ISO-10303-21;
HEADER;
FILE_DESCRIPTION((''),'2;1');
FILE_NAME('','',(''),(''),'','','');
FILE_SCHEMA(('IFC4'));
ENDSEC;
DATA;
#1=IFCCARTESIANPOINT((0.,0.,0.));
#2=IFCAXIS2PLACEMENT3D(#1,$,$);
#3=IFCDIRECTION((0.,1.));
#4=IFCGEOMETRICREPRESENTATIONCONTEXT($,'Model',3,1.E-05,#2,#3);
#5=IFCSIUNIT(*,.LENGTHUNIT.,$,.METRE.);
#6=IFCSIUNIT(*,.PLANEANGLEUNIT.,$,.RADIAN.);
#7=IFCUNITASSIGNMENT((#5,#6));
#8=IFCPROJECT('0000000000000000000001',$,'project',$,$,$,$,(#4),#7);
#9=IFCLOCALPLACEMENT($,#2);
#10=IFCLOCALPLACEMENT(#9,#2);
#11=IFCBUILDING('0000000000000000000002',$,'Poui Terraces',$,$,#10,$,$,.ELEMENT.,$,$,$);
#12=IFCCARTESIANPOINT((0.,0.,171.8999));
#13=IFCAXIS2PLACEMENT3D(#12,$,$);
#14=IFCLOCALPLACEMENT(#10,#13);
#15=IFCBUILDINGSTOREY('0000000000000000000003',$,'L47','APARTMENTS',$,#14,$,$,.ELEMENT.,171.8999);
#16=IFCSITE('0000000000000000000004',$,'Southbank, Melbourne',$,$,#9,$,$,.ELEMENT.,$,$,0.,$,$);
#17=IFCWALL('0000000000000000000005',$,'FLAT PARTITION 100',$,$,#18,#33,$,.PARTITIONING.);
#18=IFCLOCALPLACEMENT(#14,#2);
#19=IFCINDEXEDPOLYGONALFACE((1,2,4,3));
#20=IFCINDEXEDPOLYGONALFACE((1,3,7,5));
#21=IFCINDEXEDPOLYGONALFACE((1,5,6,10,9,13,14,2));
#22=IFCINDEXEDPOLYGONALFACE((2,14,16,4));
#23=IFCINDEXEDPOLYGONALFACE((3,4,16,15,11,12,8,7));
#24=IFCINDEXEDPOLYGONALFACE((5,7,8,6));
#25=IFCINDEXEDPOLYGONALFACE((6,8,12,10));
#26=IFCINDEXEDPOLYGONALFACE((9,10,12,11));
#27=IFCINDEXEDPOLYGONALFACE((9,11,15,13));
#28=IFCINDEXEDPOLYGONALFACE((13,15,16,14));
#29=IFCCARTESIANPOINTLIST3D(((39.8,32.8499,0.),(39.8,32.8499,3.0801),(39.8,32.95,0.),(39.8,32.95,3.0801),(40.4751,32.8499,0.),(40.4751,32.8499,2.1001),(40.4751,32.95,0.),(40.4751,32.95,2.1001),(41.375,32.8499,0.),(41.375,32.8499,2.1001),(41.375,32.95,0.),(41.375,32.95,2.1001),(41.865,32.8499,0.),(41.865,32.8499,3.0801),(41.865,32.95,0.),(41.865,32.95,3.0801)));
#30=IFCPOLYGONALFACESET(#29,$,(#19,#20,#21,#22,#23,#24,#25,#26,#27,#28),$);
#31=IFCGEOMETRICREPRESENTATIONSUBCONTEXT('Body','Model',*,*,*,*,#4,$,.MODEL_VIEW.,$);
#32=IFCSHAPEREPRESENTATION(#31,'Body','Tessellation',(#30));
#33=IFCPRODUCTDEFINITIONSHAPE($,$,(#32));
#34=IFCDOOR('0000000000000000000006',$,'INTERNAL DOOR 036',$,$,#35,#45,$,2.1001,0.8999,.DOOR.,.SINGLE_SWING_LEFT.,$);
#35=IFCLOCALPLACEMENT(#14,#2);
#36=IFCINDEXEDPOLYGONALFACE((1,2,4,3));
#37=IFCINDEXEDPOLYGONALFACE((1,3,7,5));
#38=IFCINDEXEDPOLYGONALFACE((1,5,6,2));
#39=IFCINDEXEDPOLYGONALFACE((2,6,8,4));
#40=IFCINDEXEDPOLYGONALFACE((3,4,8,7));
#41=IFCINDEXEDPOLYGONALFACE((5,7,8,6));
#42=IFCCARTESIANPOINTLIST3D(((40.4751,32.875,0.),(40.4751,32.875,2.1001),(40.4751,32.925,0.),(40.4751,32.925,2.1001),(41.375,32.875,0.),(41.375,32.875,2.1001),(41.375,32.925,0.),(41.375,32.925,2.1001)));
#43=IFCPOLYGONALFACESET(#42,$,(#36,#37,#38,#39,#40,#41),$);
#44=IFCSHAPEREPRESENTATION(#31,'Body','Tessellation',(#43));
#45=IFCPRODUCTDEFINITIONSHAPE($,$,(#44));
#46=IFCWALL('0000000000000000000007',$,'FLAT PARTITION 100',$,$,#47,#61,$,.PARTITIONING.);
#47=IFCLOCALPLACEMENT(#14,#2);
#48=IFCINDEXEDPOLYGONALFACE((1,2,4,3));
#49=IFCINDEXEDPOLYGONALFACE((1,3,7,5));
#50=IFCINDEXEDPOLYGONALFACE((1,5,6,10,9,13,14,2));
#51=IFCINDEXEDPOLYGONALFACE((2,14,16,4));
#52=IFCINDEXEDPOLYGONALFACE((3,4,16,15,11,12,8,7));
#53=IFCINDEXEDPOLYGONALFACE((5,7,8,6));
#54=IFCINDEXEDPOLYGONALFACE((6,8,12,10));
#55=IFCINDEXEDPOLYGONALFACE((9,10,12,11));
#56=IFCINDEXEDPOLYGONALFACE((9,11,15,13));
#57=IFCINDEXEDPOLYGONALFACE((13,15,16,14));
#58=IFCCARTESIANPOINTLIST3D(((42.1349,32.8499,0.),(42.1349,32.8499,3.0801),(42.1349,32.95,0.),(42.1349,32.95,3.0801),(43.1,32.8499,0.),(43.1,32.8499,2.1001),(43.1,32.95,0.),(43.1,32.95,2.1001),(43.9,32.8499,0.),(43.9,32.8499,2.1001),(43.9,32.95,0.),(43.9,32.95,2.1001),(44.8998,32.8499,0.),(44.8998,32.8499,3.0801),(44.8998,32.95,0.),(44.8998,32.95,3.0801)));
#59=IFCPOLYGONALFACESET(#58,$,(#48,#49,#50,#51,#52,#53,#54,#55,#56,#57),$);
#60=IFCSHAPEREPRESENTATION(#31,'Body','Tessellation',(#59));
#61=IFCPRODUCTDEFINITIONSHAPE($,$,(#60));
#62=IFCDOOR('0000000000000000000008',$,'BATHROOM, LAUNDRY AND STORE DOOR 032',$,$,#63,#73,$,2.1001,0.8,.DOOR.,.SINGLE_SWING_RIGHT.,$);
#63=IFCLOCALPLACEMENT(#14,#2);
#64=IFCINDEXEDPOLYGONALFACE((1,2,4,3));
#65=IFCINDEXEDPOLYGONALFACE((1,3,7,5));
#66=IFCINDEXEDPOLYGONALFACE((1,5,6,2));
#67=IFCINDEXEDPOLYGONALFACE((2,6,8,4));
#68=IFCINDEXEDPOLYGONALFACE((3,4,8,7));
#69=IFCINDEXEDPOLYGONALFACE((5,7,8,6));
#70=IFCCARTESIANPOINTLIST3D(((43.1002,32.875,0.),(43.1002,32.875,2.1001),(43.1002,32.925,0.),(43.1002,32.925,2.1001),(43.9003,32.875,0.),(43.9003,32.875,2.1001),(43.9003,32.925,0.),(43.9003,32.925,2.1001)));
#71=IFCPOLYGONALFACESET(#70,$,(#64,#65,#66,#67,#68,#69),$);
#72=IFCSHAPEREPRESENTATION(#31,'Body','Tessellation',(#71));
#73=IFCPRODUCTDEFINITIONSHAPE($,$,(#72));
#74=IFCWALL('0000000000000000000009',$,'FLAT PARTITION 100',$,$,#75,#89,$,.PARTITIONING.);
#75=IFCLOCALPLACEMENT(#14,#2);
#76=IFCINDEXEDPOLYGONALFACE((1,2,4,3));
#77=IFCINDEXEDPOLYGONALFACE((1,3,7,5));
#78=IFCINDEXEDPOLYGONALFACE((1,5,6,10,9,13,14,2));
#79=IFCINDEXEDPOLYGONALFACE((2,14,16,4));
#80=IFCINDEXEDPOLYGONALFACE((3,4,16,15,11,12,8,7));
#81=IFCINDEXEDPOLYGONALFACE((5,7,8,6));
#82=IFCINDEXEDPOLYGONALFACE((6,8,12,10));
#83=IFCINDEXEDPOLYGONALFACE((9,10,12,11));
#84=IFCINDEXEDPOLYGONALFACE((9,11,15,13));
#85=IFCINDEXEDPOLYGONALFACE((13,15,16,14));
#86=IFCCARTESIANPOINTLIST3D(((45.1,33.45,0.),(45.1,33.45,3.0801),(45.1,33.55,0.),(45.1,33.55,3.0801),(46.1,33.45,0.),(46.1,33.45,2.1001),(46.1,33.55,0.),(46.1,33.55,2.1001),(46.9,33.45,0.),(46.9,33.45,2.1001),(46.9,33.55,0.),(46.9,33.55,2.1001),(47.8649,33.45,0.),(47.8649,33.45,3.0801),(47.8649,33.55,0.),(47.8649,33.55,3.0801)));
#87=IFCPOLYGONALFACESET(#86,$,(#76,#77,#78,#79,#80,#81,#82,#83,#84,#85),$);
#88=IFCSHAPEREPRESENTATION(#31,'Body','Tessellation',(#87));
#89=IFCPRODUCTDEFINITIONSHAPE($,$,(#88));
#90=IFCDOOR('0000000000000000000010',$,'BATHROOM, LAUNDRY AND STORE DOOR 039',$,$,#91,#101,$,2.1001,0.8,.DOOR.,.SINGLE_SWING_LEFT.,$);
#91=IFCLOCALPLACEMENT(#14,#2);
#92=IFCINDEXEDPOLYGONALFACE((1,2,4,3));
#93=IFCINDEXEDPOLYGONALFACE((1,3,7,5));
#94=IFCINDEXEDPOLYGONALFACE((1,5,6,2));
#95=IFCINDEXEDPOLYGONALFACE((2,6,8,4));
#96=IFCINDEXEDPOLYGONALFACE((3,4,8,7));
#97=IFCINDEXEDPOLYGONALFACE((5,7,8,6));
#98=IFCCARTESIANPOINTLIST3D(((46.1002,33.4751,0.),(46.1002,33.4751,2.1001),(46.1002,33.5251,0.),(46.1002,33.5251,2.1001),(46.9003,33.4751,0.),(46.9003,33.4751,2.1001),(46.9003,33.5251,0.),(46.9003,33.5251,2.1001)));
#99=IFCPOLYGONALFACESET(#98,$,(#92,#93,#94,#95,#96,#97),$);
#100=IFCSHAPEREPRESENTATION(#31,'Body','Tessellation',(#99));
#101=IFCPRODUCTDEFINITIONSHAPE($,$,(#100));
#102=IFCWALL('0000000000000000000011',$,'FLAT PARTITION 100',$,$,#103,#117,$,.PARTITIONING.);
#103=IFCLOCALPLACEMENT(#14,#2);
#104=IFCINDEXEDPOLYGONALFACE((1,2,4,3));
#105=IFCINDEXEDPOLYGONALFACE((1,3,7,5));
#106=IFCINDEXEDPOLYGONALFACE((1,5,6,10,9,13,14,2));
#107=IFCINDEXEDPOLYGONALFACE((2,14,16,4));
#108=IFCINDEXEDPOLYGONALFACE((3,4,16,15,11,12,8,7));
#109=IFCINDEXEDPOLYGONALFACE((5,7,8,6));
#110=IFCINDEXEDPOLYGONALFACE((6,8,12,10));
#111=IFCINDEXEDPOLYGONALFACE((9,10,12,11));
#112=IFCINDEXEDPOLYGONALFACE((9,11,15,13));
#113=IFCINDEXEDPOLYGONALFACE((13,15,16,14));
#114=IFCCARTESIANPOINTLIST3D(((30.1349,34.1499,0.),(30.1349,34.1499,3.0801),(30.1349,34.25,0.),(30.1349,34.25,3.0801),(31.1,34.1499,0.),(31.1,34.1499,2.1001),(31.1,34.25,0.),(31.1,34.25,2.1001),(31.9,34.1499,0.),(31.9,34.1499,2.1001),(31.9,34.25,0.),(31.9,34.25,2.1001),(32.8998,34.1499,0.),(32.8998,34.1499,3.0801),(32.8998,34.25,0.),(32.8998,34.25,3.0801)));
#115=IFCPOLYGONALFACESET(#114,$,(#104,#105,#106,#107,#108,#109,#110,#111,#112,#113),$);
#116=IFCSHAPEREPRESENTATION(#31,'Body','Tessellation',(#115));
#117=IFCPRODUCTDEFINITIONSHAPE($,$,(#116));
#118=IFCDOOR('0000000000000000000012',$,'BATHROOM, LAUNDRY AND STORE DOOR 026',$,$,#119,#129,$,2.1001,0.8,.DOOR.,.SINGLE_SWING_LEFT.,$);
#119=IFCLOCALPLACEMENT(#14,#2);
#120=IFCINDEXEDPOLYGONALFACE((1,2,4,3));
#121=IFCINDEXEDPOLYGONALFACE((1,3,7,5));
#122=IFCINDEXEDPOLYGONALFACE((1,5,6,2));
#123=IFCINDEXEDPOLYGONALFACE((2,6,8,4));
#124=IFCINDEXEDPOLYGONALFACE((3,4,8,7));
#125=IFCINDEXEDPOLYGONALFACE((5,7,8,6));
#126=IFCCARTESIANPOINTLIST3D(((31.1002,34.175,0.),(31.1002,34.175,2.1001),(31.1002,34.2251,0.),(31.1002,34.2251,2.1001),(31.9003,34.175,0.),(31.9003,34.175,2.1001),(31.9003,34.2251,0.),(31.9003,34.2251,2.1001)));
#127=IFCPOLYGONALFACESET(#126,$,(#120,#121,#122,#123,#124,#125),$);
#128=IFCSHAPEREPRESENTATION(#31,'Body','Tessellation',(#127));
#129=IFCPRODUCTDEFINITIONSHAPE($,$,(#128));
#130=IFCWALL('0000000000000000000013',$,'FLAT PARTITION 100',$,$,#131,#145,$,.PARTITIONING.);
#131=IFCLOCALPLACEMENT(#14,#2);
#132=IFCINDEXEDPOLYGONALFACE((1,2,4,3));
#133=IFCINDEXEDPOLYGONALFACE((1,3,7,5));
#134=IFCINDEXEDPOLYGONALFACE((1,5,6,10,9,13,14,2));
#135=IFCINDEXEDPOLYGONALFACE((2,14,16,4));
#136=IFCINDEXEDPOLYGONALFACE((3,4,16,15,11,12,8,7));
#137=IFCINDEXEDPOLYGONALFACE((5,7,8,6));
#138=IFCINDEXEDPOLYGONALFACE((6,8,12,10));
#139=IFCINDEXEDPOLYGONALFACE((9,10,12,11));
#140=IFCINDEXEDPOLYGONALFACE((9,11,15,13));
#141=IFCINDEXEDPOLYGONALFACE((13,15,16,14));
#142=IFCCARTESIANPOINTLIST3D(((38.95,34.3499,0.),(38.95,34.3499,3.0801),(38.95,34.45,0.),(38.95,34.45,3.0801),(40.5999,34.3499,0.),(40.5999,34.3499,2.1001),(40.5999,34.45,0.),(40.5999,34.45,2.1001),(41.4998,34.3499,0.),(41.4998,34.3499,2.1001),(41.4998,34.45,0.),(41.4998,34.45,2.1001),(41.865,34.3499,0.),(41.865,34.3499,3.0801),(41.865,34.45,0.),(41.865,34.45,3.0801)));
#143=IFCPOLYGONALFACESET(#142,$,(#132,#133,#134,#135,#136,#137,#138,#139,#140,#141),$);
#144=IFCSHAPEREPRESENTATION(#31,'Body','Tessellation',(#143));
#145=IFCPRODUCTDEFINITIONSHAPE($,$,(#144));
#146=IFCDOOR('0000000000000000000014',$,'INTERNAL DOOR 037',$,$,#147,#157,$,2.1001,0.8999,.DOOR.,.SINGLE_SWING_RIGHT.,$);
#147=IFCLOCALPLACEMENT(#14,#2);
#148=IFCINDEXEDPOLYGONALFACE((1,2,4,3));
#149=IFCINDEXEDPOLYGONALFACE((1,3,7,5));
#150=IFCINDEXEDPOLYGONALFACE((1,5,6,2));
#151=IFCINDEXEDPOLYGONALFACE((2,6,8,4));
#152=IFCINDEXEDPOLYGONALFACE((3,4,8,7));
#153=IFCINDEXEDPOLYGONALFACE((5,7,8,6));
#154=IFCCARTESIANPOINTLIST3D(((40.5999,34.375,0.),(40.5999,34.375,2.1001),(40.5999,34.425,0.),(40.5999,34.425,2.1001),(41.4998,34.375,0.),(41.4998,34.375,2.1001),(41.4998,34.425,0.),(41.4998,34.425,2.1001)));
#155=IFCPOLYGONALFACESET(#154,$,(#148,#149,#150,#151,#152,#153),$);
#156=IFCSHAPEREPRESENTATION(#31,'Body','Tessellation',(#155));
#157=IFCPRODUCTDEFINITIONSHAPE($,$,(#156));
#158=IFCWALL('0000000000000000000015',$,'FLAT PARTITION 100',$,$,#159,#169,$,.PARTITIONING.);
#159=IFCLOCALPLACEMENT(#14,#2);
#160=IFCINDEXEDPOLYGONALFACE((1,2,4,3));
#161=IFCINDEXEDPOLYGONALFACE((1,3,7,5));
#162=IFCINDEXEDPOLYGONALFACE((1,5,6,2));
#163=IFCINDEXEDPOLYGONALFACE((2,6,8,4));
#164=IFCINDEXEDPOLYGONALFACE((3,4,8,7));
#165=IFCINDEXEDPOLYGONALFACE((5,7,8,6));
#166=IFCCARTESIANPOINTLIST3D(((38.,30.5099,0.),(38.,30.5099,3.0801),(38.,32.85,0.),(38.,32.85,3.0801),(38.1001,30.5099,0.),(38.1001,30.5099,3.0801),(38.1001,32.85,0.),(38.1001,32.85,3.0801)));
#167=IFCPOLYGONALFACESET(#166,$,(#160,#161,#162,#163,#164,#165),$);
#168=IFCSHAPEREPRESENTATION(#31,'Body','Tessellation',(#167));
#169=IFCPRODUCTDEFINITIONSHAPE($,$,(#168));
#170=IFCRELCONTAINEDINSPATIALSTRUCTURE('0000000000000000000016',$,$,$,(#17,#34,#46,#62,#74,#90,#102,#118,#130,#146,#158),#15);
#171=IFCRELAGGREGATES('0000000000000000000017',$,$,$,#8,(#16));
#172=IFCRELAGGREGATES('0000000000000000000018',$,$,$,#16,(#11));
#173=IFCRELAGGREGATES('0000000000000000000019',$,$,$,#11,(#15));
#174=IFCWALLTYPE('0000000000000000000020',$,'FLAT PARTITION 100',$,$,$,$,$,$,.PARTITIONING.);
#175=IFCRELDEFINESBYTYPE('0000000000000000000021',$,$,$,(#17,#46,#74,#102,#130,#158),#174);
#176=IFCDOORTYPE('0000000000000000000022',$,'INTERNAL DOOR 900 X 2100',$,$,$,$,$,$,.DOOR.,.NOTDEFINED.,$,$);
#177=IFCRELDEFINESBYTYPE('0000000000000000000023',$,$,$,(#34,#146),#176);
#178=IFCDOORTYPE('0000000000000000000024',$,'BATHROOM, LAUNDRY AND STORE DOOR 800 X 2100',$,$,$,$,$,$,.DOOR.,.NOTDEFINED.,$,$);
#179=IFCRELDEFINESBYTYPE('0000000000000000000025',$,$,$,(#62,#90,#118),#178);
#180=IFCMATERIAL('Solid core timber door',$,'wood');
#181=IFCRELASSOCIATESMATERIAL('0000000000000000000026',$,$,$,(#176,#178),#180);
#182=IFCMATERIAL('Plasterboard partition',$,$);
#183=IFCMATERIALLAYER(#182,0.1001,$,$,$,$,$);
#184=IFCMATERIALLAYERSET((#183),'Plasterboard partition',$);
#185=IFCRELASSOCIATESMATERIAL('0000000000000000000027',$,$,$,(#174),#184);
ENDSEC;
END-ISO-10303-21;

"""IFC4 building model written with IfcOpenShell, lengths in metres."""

from ifc_helpers import new_model, si_unit, direction, frame, frame_2d, origin, place, context, subcontext, project, spatial, rectangle, extrude, material, layer, layer_set, type_object, element, fill, save


model = new_model("IFC4")

# Units and contexts
model_context = context("Model", 3, precision=1e-05, world=origin(), true_north=direction((0.0, 1.0)))
body_context = subcontext(model_context, "Body", "Model", "MODEL_VIEW")
ifc_project = project(units=[si_unit("LENGTHUNIT", "METRE"), si_unit("PLANEANGLEUNIT", "RADIAN")], contexts=[model_context])

# Site, building, storey
site_placement = place(None, origin())
site = spatial("IfcSite", under=ifc_project, at=site_placement, Name="Southbank, Melbourne", CompositionType="ELEMENT", RefElevation=0.0)
building_placement = place(site_placement, origin())
building = spatial("IfcBuilding", under=site, at=building_placement, Name="Poui Terraces", CompositionType="ELEMENT")
storey_placement = place(building_placement, frame((0.0, 0.0, 171.8999)))
storey = spatial("IfcBuildingStorey", under=building, at=storey_placement, Name="L47", Description="APARTMENTS", CompositionType="ELEMENT", Elevation=171.8999)

# Walls, openings, doors
ifc_material_1 = material(Name="Solid core timber door", Category="wood")
door_type_1 = type_object("IfcDoorType", Name="INTERNAL DOOR 900 X 2100", OperationType="NOTDEFINED", PredefinedType="DOOR", material=ifc_material_1)
ifc_material_2 = material(Name="Plasterboard partition")
ifc_layer_1 = layer(ifc_material_2, 0.1001)
ifc_layer_set_1 = layer_set([ifc_layer_1], Name="Plasterboard partition")
wall_type_1 = type_object("IfcWallType", Name="FLAT PARTITION 100", PredefinedType="PARTITIONING", material=ifc_layer_set_1)
door_type_2 = type_object("IfcDoorType", Name="BATHROOM, LAUNDRY AND STORE DOOR 800 X 2100", OperationType="NOTDEFINED", PredefinedType="DOOR", material=ifc_material_1)
wall_1_placement = place(storey_placement, frame((39.8, 32.8999, 0.0), z_axis=(0.0, 0.0, 1.0), x_axis=(1.0, 0.0, 0.0)))
wall_1 = element("IfcWall", 1, at=wall_1_placement, inside=storey, type_object=wall_type_1, Name="FLAT PARTITION 100", PredefinedType="PARTITIONING", context=body_context, shape_type="SweptSolid", body=[
    extrude(rectangle(XDim=2.0649, YDim=0.1001, at=frame_2d((1.0325, 0.0))), origin(), (0.0, 0.0, 1.0), 3.0801),
])
opening_1_placement = place(wall_1_placement, frame((0.675, 0.0, 0.0)))
opening_1 = element("IfcOpeningElement", 2, at=opening_1_placement, cuts=wall_1, PredefinedType="OPENING", context=body_context, shape_type="SweptSolid", body=[
    extrude(rectangle(XDim=0.8999, YDim=2.1001, at=frame_2d((0.45, 1.05))), frame((0.0, 0.0601, 0.0), z_axis=(0.0, -1.0, 0.0), x_axis=(1.0, 0.0, 0.0)), (0.0, 0.0, 1.0), 0.1201),
])
door_1_placement = place(opening_1_placement, frame((0.8999, 0.0, 0.0), z_axis=(0.0, 0.0, 1.0), x_axis=(-1.0, 0.0, 0.0)))
door_1 = element("IfcDoor", 3, at=door_1_placement, inside=storey, type_object=door_type_1, Name="INTERNAL DOOR 036", OperationType="SINGLE_SWING_LEFT", OverallHeight=2.1001, OverallWidth=0.8999, PredefinedType="DOOR", context=body_context, shape_type="SweptSolid", body=[
    extrude(rectangle(XDim=0.8999, YDim=2.1001, at=frame_2d((0.45, 1.05))), frame((0.0, 0.0249, 0.0), z_axis=(0.0, -1.0, 0.0), x_axis=(1.0, 0.0, 0.0)), (0.0, 0.0, 1.0), 0.05),
])
fill(opening_1, door_1)
wall_2_placement = place(storey_placement, frame((42.135, 32.8999, 0.0), z_axis=(0.0, 0.0, 1.0), x_axis=(1.0, 0.0, 0.0)))
wall_2 = element("IfcWall", 4, at=wall_2_placement, inside=storey, type_object=wall_type_1, Name="FLAT PARTITION 100", PredefinedType="PARTITIONING", context=body_context, shape_type="SweptSolid", body=[
    extrude(rectangle(XDim=2.7649, YDim=0.1001, at=frame_2d((1.3823, 0.0))), origin(), (0.0, 0.0, 1.0), 3.0801),
])
opening_2_placement = place(wall_2_placement, frame((0.9651, 0.0, 0.0)))
opening_2 = element("IfcOpeningElement", 5, at=opening_2_placement, cuts=wall_2, PredefinedType="OPENING", context=body_context, shape_type="SweptSolid", body=[
    extrude(rectangle(XDim=0.8, YDim=2.1001, at=frame_2d((0.3999, 1.05))), frame((0.0, 0.0601, 0.0), z_axis=(0.0, -1.0, 0.0), x_axis=(1.0, 0.0, 0.0)), (0.0, 0.0, 1.0), 0.1201),
])
door_2_placement = place(opening_2_placement, frame((0.8, 0.0, 0.0), z_axis=(0.0, 0.0, 1.0), x_axis=(-1.0, 0.0, 0.0)))
door_2 = element("IfcDoor", 6, at=door_2_placement, inside=storey, type_object=door_type_2, Name="BATHROOM, LAUNDRY AND STORE DOOR 032", OperationType="SINGLE_SWING_RIGHT", OverallHeight=2.1001, OverallWidth=0.8, PredefinedType="DOOR", context=body_context, shape_type="SweptSolid", body=[
    extrude(rectangle(XDim=0.8, YDim=2.1001, at=frame_2d((0.3999, 1.05))), frame((0.0, 0.0249, 0.0), z_axis=(0.0, -1.0, 0.0), x_axis=(1.0, 0.0, 0.0)), (0.0, 0.0, 1.0), 0.05),
])
fill(opening_2, door_2)
wall_3_placement = place(storey_placement, frame((45.1001, 33.5, 0.0), z_axis=(0.0, 0.0, 1.0), x_axis=(1.0, 0.0, 0.0)))
wall_3 = element("IfcWall", 7, at=wall_3_placement, inside=storey, type_object=wall_type_1, Name="FLAT PARTITION 100", PredefinedType="PARTITIONING", context=body_context, shape_type="SweptSolid", body=[
    extrude(rectangle(XDim=2.7649, YDim=0.1001, at=frame_2d((1.3823, 0.0))), origin(), (0.0, 0.0, 1.0), 3.0801),
])
opening_3_placement = place(wall_3_placement, frame((1.0, 0.0, 0.0)))
opening_3 = element("IfcOpeningElement", 8, at=opening_3_placement, cuts=wall_3, PredefinedType="OPENING", context=body_context, shape_type="SweptSolid", body=[
    extrude(rectangle(XDim=0.8, YDim=2.1001, at=frame_2d((0.3999, 1.05))), frame((0.0, 0.0601, 0.0), z_axis=(0.0, -1.0, 0.0), x_axis=(1.0, 0.0, 0.0)), (0.0, 0.0, 1.0), 0.1201),
])
door_3_placement = place(opening_3_placement, frame((0.8, 0.0, 0.0), z_axis=(0.0, 0.0, 1.0), x_axis=(-1.0, 0.0, 0.0)))
door_3 = element("IfcDoor", 9, at=door_3_placement, inside=storey, type_object=door_type_2, Name="BATHROOM, LAUNDRY AND STORE DOOR 039", OperationType="SINGLE_SWING_LEFT", OverallHeight=2.1001, OverallWidth=0.8, PredefinedType="DOOR", context=body_context, shape_type="SweptSolid", body=[
    extrude(rectangle(XDim=0.8, YDim=2.1001, at=frame_2d((0.3999, 1.05))), frame((0.0, 0.0249, 0.0), z_axis=(0.0, -1.0, 0.0), x_axis=(1.0, 0.0, 0.0)), (0.0, 0.0, 1.0), 0.05),
])
fill(opening_3, door_3)
wall_4_placement = place(storey_placement, frame((30.135, 34.2, 0.0), z_axis=(0.0, 0.0, 1.0), x_axis=(1.0, 0.0, 0.0)))
wall_4 = element("IfcWall", 10, at=wall_4_placement, inside=storey, type_object=wall_type_1, Name="FLAT PARTITION 100", PredefinedType="PARTITIONING", context=body_context, shape_type="SweptSolid", body=[
    extrude(rectangle(XDim=2.7649, YDim=0.1001, at=frame_2d((1.3823, 0.0))), origin(), (0.0, 0.0, 1.0), 3.0801),
])
opening_4_placement = place(wall_4_placement, frame((0.9651, 0.0, 0.0)))
opening_4 = element("IfcOpeningElement", 11, at=opening_4_placement, cuts=wall_4, PredefinedType="OPENING", context=body_context, shape_type="SweptSolid", body=[
    extrude(rectangle(XDim=0.8, YDim=2.1001, at=frame_2d((0.3999, 1.05))), frame((0.0, 0.0601, 0.0), z_axis=(0.0, -1.0, 0.0), x_axis=(1.0, 0.0, 0.0)), (0.0, 0.0, 1.0), 0.1201),
])
door_4_placement = place(opening_4_placement, frame((0.8, 0.0, 0.0), z_axis=(0.0, 0.0, 1.0), x_axis=(-1.0, 0.0, 0.0)))
door_4 = element("IfcDoor", 12, at=door_4_placement, inside=storey, type_object=door_type_2, Name="BATHROOM, LAUNDRY AND STORE DOOR 026", OperationType="SINGLE_SWING_LEFT", OverallHeight=2.1001, OverallWidth=0.8, PredefinedType="DOOR", context=body_context, shape_type="SweptSolid", body=[
    extrude(rectangle(XDim=0.8, YDim=2.1001, at=frame_2d((0.3999, 1.05))), frame((0.0, 0.0249, 0.0), z_axis=(0.0, -1.0, 0.0), x_axis=(1.0, 0.0, 0.0)), (0.0, 0.0, 1.0), 0.05),
])
fill(opening_4, door_4)
wall_5_placement = place(storey_placement, frame((38.95, 34.3999, 0.0), z_axis=(0.0, 0.0, 1.0), x_axis=(1.0, 0.0, 0.0)))
wall_5 = element("IfcWall", 13, at=wall_5_placement, inside=storey, type_object=wall_type_1, Name="FLAT PARTITION 100", PredefinedType="PARTITIONING", context=body_context, shape_type="SweptSolid", body=[
    extrude(rectangle(XDim=2.915, YDim=0.1001, at=frame_2d((1.4575, 0.0))), origin(), (0.0, 0.0, 1.0), 3.0801),
])
opening_5_placement = place(wall_5_placement, frame((1.6499, 0.0, 0.0)))
opening_5 = element("IfcOpeningElement", 14, at=opening_5_placement, cuts=wall_5, PredefinedType="OPENING", context=body_context, shape_type="SweptSolid", body=[
    extrude(rectangle(XDim=0.8999, YDim=2.1001, at=frame_2d((0.45, 1.05))), frame((0.0, 0.0601, 0.0), z_axis=(0.0, -1.0, 0.0), x_axis=(1.0, 0.0, 0.0)), (0.0, 0.0, 1.0), 0.1201),
])
door_5_placement = place(opening_5_placement, frame((0.8999, 0.0, 0.0), z_axis=(0.0, 0.0, 1.0), x_axis=(-1.0, 0.0, 0.0)))
door_5 = element("IfcDoor", 15, at=door_5_placement, inside=storey, type_object=door_type_1, Name="INTERNAL DOOR 037", OperationType="SINGLE_SWING_RIGHT", OverallHeight=2.1001, OverallWidth=0.8999, PredefinedType="DOOR", context=body_context, shape_type="SweptSolid", body=[
    extrude(rectangle(XDim=0.8999, YDim=2.1001, at=frame_2d((0.45, 1.05))), frame((0.0, 0.0249, 0.0), z_axis=(0.0, -1.0, 0.0), x_axis=(1.0, 0.0, 0.0)), (0.0, 0.0, 1.0), 0.05),
])
fill(opening_5, door_5)

# Wall
wall_6_placement = place(storey_placement, frame((38.05, 30.51, 0.0), z_axis=(0.0, 0.0, 1.0), x_axis=(0.0, 1.0, 0.0)))
element("IfcWall", 16, at=wall_6_placement, inside=storey, type_object=wall_type_1, Name="FLAT PARTITION 100", PredefinedType="PARTITIONING", context=body_context, shape_type="SweptSolid", body=[
    extrude(rectangle(XDim=2.3401, YDim=0.1001, at=frame_2d((1.1699, 0.0))), origin(), (0.0, 0.0, 1.0), 3.0801),
])

save(model, "model.ifc")
